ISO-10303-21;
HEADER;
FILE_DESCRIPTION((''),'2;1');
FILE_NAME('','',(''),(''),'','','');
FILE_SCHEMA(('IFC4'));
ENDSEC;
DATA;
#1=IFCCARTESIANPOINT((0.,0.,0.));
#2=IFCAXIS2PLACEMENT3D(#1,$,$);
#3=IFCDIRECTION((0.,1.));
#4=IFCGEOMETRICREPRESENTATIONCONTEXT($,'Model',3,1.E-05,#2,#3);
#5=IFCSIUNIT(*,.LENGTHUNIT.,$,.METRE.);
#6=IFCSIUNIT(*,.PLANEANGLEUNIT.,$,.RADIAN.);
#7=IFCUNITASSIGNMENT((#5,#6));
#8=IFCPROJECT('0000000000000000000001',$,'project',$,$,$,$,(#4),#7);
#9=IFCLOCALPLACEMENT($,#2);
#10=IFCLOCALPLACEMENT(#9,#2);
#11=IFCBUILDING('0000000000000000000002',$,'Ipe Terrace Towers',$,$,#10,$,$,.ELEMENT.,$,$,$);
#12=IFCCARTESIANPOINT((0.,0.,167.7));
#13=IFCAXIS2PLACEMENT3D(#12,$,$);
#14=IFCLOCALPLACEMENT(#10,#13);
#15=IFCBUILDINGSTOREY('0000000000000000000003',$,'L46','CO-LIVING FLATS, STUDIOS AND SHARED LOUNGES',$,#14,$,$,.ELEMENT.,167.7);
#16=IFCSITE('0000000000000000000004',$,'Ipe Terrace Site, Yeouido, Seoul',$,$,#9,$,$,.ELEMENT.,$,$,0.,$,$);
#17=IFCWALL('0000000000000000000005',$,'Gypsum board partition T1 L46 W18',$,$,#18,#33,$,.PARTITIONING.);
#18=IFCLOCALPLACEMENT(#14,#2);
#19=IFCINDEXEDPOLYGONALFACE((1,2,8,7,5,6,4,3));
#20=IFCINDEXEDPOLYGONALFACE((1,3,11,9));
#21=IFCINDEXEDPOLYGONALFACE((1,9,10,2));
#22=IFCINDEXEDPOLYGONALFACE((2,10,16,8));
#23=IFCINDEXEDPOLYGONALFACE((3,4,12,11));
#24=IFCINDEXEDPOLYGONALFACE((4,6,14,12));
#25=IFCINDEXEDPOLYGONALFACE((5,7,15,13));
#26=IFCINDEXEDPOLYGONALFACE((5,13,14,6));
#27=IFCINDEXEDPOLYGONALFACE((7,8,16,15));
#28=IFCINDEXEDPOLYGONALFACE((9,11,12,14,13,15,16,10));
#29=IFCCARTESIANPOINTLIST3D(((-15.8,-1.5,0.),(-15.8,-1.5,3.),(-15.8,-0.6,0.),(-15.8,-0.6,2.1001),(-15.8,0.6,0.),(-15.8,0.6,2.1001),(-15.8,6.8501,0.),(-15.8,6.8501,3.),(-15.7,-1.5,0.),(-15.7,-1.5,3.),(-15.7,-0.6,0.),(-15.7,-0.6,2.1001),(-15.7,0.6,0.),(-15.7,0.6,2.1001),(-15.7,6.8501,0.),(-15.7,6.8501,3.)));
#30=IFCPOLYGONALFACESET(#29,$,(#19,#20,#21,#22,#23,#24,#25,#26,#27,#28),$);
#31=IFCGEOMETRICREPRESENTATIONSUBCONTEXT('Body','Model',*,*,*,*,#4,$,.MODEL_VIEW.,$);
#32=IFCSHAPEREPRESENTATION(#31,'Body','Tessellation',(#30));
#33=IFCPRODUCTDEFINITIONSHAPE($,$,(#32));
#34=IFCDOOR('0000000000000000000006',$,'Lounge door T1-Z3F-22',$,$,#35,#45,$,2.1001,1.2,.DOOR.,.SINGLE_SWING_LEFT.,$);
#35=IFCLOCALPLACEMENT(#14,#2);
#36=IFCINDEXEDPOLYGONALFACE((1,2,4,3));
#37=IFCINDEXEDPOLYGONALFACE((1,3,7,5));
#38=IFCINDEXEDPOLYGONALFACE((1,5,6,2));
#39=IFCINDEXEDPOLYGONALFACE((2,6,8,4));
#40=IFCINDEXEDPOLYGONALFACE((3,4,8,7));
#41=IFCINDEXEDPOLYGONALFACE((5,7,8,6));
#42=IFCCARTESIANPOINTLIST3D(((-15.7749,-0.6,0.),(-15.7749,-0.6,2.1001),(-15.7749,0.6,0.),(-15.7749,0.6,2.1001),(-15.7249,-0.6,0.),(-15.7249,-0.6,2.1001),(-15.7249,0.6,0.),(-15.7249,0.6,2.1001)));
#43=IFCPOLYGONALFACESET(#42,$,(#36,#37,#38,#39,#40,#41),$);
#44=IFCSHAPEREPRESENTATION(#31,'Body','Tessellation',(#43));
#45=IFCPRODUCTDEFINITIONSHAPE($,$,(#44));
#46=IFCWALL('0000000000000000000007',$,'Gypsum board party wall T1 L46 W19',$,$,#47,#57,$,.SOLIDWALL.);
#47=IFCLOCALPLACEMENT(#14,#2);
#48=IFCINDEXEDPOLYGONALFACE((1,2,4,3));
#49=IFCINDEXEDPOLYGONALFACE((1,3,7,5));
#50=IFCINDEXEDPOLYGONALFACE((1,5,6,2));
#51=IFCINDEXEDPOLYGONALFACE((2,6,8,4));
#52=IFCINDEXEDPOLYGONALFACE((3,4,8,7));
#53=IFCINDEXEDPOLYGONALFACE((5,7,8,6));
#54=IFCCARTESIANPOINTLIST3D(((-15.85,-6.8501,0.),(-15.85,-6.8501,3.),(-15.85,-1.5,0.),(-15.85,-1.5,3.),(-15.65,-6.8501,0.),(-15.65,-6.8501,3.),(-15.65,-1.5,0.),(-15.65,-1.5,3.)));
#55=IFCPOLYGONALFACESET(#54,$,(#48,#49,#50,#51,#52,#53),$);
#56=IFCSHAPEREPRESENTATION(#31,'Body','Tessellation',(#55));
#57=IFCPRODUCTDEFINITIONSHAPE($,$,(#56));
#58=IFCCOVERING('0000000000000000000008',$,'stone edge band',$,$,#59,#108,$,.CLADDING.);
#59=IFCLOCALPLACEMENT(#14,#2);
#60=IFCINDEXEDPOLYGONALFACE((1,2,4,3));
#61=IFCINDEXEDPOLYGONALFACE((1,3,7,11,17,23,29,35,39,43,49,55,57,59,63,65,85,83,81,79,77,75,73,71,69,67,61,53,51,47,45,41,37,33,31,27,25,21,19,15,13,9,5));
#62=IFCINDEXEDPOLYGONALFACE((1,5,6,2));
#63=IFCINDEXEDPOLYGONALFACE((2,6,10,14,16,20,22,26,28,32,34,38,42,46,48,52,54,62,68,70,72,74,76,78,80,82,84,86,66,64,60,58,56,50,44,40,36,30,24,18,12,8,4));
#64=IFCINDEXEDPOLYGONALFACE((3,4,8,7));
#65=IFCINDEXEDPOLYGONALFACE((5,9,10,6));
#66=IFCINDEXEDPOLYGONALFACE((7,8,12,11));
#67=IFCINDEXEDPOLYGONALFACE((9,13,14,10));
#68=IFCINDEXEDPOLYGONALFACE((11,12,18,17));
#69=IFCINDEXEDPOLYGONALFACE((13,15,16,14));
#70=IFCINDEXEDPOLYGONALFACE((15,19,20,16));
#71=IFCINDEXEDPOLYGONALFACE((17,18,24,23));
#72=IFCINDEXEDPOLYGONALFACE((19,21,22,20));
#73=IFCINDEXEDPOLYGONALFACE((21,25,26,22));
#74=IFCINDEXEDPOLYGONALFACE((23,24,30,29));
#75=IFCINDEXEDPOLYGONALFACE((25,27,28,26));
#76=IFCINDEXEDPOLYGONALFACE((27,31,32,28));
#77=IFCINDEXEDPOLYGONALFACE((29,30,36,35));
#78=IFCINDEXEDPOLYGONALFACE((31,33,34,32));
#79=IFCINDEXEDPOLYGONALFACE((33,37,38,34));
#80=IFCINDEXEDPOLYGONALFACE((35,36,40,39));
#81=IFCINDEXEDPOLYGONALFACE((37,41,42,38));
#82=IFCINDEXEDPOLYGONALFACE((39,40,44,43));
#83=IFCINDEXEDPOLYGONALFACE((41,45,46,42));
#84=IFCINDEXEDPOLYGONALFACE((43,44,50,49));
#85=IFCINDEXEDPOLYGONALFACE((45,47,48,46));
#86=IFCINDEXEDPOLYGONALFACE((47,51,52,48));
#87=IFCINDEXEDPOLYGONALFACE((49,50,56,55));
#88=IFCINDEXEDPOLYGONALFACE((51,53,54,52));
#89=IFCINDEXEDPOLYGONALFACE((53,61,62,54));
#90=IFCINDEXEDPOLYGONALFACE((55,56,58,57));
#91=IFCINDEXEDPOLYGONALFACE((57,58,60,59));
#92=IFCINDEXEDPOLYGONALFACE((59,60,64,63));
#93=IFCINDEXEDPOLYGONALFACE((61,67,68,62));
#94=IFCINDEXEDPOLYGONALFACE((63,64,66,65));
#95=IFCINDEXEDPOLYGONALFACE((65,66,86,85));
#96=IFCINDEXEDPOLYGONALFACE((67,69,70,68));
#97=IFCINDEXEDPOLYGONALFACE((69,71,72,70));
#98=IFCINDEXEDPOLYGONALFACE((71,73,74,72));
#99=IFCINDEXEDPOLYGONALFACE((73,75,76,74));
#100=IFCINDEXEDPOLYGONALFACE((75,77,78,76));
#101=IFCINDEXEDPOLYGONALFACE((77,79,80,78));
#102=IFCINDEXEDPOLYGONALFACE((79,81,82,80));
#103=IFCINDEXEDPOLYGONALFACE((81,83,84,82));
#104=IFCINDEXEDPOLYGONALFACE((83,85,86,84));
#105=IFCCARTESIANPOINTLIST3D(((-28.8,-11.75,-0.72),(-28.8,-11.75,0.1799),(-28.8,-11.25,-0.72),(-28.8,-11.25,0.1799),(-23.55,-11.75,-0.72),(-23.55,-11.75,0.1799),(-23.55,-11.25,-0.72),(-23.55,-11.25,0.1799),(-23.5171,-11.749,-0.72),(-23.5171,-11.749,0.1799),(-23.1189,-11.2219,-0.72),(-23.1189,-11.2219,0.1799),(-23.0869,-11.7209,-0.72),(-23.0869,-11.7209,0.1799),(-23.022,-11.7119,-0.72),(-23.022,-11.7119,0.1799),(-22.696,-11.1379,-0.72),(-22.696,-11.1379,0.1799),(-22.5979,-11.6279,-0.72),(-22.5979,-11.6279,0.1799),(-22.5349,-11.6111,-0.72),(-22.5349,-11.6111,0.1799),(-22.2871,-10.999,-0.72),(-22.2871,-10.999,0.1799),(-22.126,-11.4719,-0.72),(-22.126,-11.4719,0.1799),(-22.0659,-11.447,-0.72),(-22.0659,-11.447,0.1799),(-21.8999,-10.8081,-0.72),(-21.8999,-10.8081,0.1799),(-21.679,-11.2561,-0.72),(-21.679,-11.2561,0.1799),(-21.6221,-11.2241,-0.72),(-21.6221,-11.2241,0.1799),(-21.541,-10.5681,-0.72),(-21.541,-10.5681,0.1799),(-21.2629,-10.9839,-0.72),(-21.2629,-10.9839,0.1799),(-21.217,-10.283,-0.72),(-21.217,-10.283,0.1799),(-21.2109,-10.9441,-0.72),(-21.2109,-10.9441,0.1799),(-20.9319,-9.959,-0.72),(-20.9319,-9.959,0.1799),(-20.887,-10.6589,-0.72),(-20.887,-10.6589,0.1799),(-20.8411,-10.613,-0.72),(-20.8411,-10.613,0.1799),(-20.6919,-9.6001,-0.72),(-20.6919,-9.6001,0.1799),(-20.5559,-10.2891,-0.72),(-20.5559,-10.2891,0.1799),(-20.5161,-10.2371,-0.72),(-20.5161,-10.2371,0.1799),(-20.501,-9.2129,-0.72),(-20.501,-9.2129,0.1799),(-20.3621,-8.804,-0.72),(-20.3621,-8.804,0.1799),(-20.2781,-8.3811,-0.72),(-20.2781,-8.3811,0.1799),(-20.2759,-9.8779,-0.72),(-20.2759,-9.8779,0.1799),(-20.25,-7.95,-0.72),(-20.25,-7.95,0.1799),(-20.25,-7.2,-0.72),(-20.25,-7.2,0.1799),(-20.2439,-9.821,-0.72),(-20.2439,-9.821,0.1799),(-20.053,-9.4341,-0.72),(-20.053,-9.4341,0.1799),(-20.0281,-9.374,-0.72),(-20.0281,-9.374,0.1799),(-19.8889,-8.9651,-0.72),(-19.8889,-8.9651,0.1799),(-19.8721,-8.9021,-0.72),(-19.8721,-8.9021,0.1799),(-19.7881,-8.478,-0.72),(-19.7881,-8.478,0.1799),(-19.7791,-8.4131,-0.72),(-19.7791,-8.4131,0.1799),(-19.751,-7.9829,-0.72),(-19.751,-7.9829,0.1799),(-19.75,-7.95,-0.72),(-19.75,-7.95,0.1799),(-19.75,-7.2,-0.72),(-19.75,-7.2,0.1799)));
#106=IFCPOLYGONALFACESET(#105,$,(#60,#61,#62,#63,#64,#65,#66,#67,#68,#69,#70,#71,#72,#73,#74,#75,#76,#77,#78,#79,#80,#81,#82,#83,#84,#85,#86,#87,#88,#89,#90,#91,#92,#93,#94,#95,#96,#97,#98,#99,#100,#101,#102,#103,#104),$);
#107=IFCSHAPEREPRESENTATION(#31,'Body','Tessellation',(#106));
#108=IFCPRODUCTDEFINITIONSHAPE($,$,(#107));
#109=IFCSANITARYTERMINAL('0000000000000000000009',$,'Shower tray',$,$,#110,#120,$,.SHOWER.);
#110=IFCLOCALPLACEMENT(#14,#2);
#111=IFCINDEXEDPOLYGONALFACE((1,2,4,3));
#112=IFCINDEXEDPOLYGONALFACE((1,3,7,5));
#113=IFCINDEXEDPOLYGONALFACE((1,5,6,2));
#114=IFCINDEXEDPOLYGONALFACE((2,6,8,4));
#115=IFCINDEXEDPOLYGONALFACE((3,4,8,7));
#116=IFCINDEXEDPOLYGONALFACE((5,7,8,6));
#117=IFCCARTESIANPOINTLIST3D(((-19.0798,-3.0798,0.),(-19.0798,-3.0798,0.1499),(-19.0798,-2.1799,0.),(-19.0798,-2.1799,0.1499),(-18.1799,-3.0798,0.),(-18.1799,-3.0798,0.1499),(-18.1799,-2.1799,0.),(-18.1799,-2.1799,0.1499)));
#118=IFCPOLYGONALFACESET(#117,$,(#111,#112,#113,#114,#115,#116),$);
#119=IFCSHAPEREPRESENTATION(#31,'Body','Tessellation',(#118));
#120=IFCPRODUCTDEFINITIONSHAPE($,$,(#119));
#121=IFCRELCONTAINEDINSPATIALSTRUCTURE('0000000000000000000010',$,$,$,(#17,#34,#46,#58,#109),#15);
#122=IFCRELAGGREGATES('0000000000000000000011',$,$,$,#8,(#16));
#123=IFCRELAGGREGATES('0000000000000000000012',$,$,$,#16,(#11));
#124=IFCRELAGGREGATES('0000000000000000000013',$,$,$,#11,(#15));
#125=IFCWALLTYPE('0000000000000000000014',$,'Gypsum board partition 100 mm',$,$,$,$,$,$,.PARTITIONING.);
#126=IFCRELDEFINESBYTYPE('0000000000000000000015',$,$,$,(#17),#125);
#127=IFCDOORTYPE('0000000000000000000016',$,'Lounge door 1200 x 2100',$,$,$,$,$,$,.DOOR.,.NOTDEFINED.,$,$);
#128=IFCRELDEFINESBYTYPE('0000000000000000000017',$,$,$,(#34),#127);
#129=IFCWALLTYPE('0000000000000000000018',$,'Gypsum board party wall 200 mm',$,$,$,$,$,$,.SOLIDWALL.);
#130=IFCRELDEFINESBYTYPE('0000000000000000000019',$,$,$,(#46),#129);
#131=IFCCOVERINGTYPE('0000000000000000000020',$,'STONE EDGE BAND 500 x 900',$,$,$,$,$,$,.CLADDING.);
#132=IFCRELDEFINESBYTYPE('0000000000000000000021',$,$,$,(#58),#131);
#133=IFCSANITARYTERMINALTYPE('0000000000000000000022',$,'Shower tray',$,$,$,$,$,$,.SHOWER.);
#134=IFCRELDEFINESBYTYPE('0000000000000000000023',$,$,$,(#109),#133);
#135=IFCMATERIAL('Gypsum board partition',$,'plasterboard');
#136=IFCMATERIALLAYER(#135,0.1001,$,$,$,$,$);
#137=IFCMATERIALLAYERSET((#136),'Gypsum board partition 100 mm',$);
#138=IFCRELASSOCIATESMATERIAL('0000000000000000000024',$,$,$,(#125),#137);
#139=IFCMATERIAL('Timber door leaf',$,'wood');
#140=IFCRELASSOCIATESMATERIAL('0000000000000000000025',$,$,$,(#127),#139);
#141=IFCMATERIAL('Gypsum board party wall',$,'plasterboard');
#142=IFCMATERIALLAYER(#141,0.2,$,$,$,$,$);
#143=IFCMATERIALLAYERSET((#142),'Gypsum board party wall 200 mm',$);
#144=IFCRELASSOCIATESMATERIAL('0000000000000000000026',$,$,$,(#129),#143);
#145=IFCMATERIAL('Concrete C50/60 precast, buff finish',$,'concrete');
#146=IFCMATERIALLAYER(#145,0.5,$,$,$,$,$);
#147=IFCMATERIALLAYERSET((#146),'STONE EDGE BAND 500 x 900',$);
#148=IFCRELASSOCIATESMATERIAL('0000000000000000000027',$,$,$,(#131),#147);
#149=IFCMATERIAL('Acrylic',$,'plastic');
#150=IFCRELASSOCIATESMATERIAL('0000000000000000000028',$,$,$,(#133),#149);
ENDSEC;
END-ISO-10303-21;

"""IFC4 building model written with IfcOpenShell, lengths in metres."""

from ifc_helpers import new_model, si_unit, direction, frame, frame_2d, origin, origin_2d, place, context, subcontext, project, spatial, polyline, rectangle, outline, extrude, material, layer, layer_set, type_object, element, fill, save


model = new_model("IFC4")

# Units and contexts
model_context = context("Model", 3, precision=1e-05, world=origin(), true_north=direction((0.0, 1.0)))
body_context = subcontext(model_context, "Body", "Model", "MODEL_VIEW")
ifc_project = project(units=[si_unit("LENGTHUNIT", "METRE"), si_unit("PLANEANGLEUNIT", "RADIAN")], contexts=[model_context])

# Site, building, storey
site_placement = place(None, origin())
site = spatial("IfcSite", under=ifc_project, at=site_placement, Name="Ipe Terrace Site, Yeouido, Seoul", CompositionType="ELEMENT", RefElevation=0.0)
building_placement = place(site_placement, origin())
building = spatial("IfcBuilding", under=site, at=building_placement, Name="Ipe Terrace Towers", CompositionType="ELEMENT")
storey_placement = place(building_placement, frame((0.0, 0.0, 167.7)))
storey = spatial("IfcBuildingStorey", under=building, at=storey_placement, Name="L46", Description="CO-LIVING FLATS, STUDIOS AND SHARED LOUNGES", CompositionType="ELEMENT", Elevation=167.7)

# Wall, opening, door
ifc_material_1 = material(Name="Gypsum board partition", Category="plasterboard")
ifc_layer_1 = layer(ifc_material_1, 0.1001)
ifc_layer_set_1 = layer_set([ifc_layer_1], Name="Gypsum board partition 100 mm")
wall_type_1 = type_object("IfcWallType", Name="Gypsum board partition 100 mm", PredefinedType="PARTITIONING", material=ifc_layer_set_1)
wall_1_placement = place(storey_placement, frame((-15.75, -1.5, 0.0), z_axis=(0.0, 0.0, 1.0), x_axis=(0.0, 1.0, 0.0)))
wall_1 = element("IfcWall", 1, at=wall_1_placement, inside=storey, type_object=wall_type_1, Name="Gypsum board partition T1 L46 W18", PredefinedType="PARTITIONING", context=body_context, shape_type="SweptSolid", body=[
    extrude(rectangle(XDim=8.3501, YDim=0.1001, at=frame_2d((4.175, 0.0))), origin(), (0.0, 0.0, 1.0), 3.0),
])
opening_1_placement = place(wall_1_placement, frame((0.8999, 0.0, 0.0)))
opening_1 = element("IfcOpeningElement", 2, at=opening_1_placement, cuts=wall_1, PredefinedType="OPENING", context=body_context, shape_type="SweptSolid", body=[
    extrude(rectangle(XDim=1.2, YDim=2.1001, at=frame_2d((0.6001, 1.05))), frame((0.0, 0.0601, 0.0), z_axis=(0.0, -1.0, 0.0), x_axis=(1.0, 0.0, 0.0)), (0.0, 0.0, 1.0), 0.1201),
])
ifc_material_2 = material(Name="Timber door leaf", Category="wood")
door_type_1 = type_object("IfcDoorType", Name="Lounge door 1200 x 2100", OperationType="NOTDEFINED", PredefinedType="DOOR", material=ifc_material_2)
door_1_placement = place(opening_1_placement, origin())
door_1 = element("IfcDoor", 3, at=door_1_placement, inside=storey, type_object=door_type_1, Name="Lounge door T1-Z3F-22", OperationType="SINGLE_SWING_LEFT", OverallHeight=2.1001, OverallWidth=1.2, PredefinedType="DOOR", context=body_context, shape_type="SweptSolid", body=[
    extrude(rectangle(XDim=1.2, YDim=2.1001, at=frame_2d((0.6001, 1.05))), frame((0.0, 0.0249, 0.0), z_axis=(0.0, -1.0, 0.0), x_axis=(1.0, 0.0, 0.0)), (0.0, 0.0, 1.0), 0.05),
])
fill(opening_1, door_1)

# Wall
ifc_material_3 = material(Name="Gypsum board party wall", Category="plasterboard")
ifc_layer_2 = layer(ifc_material_3, 0.2)
ifc_layer_set_2 = layer_set([ifc_layer_2], Name="Gypsum board party wall 200 mm")
wall_type_2 = type_object("IfcWallType", Name="Gypsum board party wall 200 mm", PredefinedType="SOLIDWALL", material=ifc_layer_set_2)
wall_2_placement = place(storey_placement, frame((-15.75, -6.8501, 0.0), z_axis=(0.0, 0.0, 1.0), x_axis=(0.0, 1.0, 0.0)))
element("IfcWall", 4, at=wall_2_placement, inside=storey, type_object=wall_type_2, Name="Gypsum board party wall T1 L46 W19", PredefinedType="SOLIDWALL", context=body_context, shape_type="SweptSolid", body=[
    extrude(rectangle(XDim=5.3501, YDim=0.2, at=frame_2d((2.675, 0.0))), origin(), (0.0, 0.0, 1.0), 3.0),
])

# Covering
ifc_material_4 = material(Name="Concrete C50/60 precast, buff finish", Category="concrete")
ifc_layer_3 = layer(ifc_material_4, 0.5)
ifc_layer_set_3 = layer_set([ifc_layer_3], Name="STONE EDGE BAND 500 x 900")
covering_type = type_object("IfcCoveringType", Name="STONE EDGE BAND 500 x 900", PredefinedType="CLADDING", material=ifc_layer_set_3)
covering_placement = place(storey_placement, frame((0.0, 0.0, -0.72)))
element("IfcCovering", 5, at=covering_placement, inside=storey, type_object=covering_type, Name="stone edge band", PredefinedType="CLADDING", context=body_context, shape_type="SweptSolid", body=[
    extrude(outline(polyline([(-23.55, -11.75), (-23.5171, -11.749), (-23.0869, -11.7209), (-23.022, -11.7119), (-22.5979, -11.6279), (-22.5349, -11.6111), (-22.126, -11.4719), (-22.0659, -11.447), (-21.679, -11.2561), (-21.6221, -11.2241), (-21.2629, -10.9839), (-21.2109, -10.9441), (-20.887, -10.6589), (-20.8411, -10.613), (-20.5559, -10.2891), (-20.5161, -10.2371), (-20.2759, -9.8779), (-20.2439, -9.821), (-20.053, -9.4341), (-20.0281, -9.374), (-19.8889, -8.9651), (-19.8721, -8.9021), (-19.7881, -8.478), (-19.7791, -8.4131), (-19.751, -7.9829), (-19.75, -7.95), (-19.75, -7.2), (-20.25, -7.2), (-20.25, -7.95), (-20.2781, -8.3811), (-20.3621, -8.804), (-20.501, -9.2129), (-20.6919, -9.6001), (-20.9319, -9.959), (-21.217, -10.283), (-21.541, -10.5681), (-21.8999, -10.8081), (-22.2871, -10.999), (-22.696, -11.1379), (-23.1189, -11.2219), (-23.55, -11.25), (-28.8, -11.25), (-28.8, -11.75), (-23.55, -11.75)])), origin(), (0.0, 0.0, 1.0), 0.8999),
])

# Sanitary terminal
ifc_material_5 = material(Name="Acrylic", Category="plastic")
sanitary_terminal_type = type_object("IfcSanitaryTerminalType", Name="Shower tray", PredefinedType="SHOWER", material=ifc_material_5)
sanitary_terminal_placement = place(storey_placement, frame((-18.6299, -2.6299, 0.0), z_axis=(0.0, 0.0, 1.0), x_axis=(0.0, 1.0, 0.0)))
element("IfcSanitaryTerminal", 6, at=sanitary_terminal_placement, inside=storey, type_object=sanitary_terminal_type, Name="Shower tray", PredefinedType="SHOWER", context=body_context, shape_type="SweptSolid", body=[
    extrude(rectangle(XDim=0.8999, YDim=0.8999, at=origin_2d()), origin(), (0.0, 0.0, 1.0), 0.1499),
])

save(model, "model.ifc")
